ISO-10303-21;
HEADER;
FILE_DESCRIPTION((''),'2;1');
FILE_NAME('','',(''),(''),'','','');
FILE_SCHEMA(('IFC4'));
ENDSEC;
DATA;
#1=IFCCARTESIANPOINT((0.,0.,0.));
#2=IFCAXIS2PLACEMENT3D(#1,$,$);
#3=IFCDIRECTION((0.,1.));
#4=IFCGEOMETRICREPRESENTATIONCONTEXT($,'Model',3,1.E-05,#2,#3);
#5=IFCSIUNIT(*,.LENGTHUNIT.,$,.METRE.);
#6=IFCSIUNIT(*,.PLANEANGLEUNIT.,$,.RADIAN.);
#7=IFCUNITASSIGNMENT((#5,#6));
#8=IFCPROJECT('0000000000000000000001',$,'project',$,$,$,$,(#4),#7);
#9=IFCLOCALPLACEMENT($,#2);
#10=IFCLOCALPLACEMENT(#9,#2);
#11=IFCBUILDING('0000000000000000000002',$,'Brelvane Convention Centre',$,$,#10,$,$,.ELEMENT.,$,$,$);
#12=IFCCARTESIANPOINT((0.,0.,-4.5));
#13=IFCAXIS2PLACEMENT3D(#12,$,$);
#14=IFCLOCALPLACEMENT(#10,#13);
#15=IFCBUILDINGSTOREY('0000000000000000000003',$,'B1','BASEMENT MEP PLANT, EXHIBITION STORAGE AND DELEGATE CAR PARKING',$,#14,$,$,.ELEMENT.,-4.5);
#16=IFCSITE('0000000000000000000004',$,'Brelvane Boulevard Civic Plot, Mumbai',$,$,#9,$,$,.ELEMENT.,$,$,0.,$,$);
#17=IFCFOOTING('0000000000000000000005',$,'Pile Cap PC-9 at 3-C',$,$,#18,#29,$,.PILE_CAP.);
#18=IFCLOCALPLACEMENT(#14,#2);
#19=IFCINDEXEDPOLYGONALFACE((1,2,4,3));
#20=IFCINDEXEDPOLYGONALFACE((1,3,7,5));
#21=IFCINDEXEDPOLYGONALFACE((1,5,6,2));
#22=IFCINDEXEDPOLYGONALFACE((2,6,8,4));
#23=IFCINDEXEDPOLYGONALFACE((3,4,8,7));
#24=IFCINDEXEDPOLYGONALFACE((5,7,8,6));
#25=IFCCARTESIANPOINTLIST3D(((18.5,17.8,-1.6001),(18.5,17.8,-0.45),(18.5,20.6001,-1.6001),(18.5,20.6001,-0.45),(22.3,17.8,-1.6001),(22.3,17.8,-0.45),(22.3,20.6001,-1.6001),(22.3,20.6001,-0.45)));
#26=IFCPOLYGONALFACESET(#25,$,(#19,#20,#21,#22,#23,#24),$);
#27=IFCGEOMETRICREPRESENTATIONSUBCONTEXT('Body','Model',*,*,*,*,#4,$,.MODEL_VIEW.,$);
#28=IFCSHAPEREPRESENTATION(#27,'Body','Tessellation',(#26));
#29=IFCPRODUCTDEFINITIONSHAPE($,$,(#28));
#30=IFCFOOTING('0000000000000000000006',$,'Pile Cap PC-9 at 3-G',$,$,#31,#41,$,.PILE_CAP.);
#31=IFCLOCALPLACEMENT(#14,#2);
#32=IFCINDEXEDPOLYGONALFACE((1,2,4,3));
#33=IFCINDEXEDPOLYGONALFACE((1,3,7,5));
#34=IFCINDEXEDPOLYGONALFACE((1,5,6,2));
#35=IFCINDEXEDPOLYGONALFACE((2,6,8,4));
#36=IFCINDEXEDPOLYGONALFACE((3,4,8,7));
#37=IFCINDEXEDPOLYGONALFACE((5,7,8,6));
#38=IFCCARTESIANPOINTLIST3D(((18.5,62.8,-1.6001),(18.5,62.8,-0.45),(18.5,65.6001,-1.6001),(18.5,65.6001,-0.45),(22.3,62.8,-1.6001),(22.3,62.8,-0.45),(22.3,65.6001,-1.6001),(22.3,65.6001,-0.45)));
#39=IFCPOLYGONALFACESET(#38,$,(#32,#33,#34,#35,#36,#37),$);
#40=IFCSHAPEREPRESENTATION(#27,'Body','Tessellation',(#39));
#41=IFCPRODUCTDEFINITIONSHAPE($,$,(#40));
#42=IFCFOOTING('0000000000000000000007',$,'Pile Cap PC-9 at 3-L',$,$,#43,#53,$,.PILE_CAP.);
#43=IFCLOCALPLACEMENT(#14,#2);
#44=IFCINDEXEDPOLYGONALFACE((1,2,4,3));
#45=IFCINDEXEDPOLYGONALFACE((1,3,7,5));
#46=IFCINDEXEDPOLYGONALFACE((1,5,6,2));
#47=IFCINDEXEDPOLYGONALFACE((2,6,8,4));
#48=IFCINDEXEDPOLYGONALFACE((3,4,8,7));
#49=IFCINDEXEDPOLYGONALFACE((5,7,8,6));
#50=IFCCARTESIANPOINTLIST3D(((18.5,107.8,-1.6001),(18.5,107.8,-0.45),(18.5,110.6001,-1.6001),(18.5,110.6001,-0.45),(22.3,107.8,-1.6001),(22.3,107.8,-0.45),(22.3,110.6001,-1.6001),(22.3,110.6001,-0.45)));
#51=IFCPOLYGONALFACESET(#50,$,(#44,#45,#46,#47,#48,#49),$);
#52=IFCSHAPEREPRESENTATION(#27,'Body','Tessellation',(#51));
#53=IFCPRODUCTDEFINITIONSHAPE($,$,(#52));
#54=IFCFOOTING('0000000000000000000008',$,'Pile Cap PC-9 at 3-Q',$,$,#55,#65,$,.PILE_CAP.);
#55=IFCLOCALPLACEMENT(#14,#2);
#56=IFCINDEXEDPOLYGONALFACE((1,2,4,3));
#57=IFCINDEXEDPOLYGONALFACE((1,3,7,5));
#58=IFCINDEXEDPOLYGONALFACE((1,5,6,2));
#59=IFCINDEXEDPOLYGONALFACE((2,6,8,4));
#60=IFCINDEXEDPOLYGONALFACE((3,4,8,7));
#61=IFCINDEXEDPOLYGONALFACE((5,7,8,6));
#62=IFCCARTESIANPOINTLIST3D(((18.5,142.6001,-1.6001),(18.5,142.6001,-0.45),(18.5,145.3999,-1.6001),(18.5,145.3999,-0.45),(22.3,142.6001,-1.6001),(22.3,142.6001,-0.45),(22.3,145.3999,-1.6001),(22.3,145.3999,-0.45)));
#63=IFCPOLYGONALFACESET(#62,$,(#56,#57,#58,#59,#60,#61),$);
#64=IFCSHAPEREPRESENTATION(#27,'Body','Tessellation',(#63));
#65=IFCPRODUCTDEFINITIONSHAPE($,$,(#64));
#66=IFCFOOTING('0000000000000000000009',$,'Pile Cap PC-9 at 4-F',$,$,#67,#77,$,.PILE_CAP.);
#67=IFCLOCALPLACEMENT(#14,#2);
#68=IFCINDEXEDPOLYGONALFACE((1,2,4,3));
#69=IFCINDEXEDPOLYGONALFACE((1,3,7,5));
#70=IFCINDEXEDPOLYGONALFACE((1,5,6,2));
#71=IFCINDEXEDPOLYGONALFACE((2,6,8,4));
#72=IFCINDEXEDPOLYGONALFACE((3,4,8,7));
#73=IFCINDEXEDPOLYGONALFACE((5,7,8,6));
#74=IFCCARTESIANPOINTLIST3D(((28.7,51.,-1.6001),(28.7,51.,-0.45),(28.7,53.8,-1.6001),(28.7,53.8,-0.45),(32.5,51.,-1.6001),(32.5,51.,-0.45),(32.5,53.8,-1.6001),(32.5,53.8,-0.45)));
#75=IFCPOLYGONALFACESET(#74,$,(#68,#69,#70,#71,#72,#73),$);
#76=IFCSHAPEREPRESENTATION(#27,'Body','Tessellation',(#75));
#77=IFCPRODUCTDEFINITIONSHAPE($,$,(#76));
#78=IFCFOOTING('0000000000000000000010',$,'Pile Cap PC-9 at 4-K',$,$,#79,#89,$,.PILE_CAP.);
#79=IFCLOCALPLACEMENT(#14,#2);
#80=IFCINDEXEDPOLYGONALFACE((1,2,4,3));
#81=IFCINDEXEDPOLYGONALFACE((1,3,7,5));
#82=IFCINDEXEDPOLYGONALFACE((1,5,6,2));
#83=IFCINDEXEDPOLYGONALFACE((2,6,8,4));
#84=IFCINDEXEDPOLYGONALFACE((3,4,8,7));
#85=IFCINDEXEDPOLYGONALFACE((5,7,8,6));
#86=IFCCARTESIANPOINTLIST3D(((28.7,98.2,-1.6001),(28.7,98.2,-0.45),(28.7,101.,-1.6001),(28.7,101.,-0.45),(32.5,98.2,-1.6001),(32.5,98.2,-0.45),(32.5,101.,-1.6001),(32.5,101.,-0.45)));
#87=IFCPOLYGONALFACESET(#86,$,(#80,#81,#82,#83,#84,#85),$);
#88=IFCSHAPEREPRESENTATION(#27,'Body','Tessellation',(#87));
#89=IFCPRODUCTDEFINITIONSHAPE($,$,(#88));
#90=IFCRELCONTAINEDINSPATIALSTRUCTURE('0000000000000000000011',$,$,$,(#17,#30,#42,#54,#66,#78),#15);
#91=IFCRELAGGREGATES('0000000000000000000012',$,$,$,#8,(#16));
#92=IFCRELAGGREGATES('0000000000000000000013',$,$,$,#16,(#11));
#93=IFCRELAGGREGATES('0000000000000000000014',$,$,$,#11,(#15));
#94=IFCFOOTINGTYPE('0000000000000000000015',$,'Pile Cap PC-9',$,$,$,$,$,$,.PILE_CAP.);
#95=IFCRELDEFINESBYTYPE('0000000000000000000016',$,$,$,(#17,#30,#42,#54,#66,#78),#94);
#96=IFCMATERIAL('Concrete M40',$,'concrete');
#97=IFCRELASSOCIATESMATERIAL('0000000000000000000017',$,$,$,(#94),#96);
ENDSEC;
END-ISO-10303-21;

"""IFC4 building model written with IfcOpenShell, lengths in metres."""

from ifc_helpers import new_model, si_unit, direction, frame, origin, place, context, subcontext, project, spatial, polyline, outline, extrude, material, type_object, element, save


model = new_model("IFC4")

# Units and contexts
model_context = context("Model", 3, precision=1e-05, world=origin(), true_north=direction((0.0, 1.0)))
body_context = subcontext(model_context, "Body", "Model", "MODEL_VIEW")
ifc_project = project(units=[si_unit("LENGTHUNIT", "METRE"), si_unit("PLANEANGLEUNIT", "RADIAN")], contexts=[model_context])

# Site, building, storey
site_placement = place(None, origin())
site = spatial("IfcSite", under=ifc_project, at=site_placement, Name="Brelvane Boulevard Civic Plot, Mumbai", CompositionType="ELEMENT", RefElevation=0.0)
building_placement = place(site_placement, origin())
building = spatial("IfcBuilding", under=site, at=building_placement, Name="Brelvane Convention Centre", CompositionType="ELEMENT")
storey_placement = place(building_placement, frame((0.0, 0.0, -4.5)))
storey = spatial("IfcBuildingStorey", under=building, at=storey_placement, Name="B1", Description="BASEMENT MEP PLANT, EXHIBITION STORAGE AND DELEGATE CAR PARKING", CompositionType="ELEMENT", Elevation=-4.5)

# Footings
ifc_material_1 = material(Name="Concrete M40", Category="concrete")
footing_type_1 = type_object("IfcFootingType", Name="Pile Cap PC-9", PredefinedType="PILE_CAP", material=ifc_material_1)
footing_1_placement = place(storey_placement, frame((0.0, 0.0, -1.6001)))
element("IfcFooting", 1, at=footing_1_placement, inside=storey, type_object=footing_type_1, Name="Pile Cap PC-9 at 3-C", PredefinedType="PILE_CAP", context=body_context, shape_type="SweptSolid", body=[
    extrude(outline(polyline([(18.5, 17.8), (22.3, 17.8), (22.3, 20.6001), (18.5, 20.6001), (18.5, 17.8)])), origin(), (0.0, 0.0, 1.0), 1.1501),
])
footing_2_placement = place(storey_placement, frame((0.0, 0.0, -1.6001)))
element("IfcFooting", 2, at=footing_2_placement, inside=storey, type_object=footing_type_1, Name="Pile Cap PC-9 at 3-G", PredefinedType="PILE_CAP", context=body_context, shape_type="SweptSolid", body=[
    extrude(outline(polyline([(18.5, 62.8), (22.3, 62.8), (22.3, 65.6001), (18.5, 65.6001), (18.5, 62.8)])), origin(), (0.0, 0.0, 1.0), 1.1501),
])
footing_3_placement = place(storey_placement, frame((0.0, 0.0, -1.6001)))
element("IfcFooting", 3, at=footing_3_placement, inside=storey, type_object=footing_type_1, Name="Pile Cap PC-9 at 3-L", PredefinedType="PILE_CAP", context=body_context, shape_type="SweptSolid", body=[
    extrude(outline(polyline([(18.5, 107.8), (22.3, 107.8), (22.3, 110.6001), (18.5, 110.6001), (18.5, 107.8)])), origin(), (0.0, 0.0, 1.0), 1.1501),
])
footing_4_placement = place(storey_placement, frame((0.0, 0.0, -1.6001)))
element("IfcFooting", 4, at=footing_4_placement, inside=storey, type_object=footing_type_1, Name="Pile Cap PC-9 at 3-Q", PredefinedType="PILE_CAP", context=body_context, shape_type="SweptSolid", body=[
    extrude(outline(polyline([(18.5, 142.6001), (22.3, 142.6001), (22.3, 145.3999), (18.5, 145.3999), (18.5, 142.6001)])), origin(), (0.0, 0.0, 1.0), 1.1501),
])
footing_5_placement = place(storey_placement, frame((0.0, 0.0, -1.6001)))
element("IfcFooting", 5, at=footing_5_placement, inside=storey, type_object=footing_type_1, Name="Pile Cap PC-9 at 4-F", PredefinedType="PILE_CAP", context=body_context, shape_type="SweptSolid", body=[
    extrude(outline(polyline([(28.7, 51.0), (32.5, 51.0), (32.5, 53.8), (28.7, 53.8), (28.7, 51.0)])), origin(), (0.0, 0.0, 1.0), 1.1501),
])
footing_6_placement = place(storey_placement, frame((0.0, 0.0, -1.6001)))
element("IfcFooting", 6, at=footing_6_placement, inside=storey, type_object=footing_type_1, Name="Pile Cap PC-9 at 4-K", PredefinedType="PILE_CAP", context=body_context, shape_type="SweptSolid", body=[
    extrude(outline(polyline([(28.7, 98.2), (32.5, 98.2), (32.5, 101.0), (28.7, 101.0), (28.7, 98.2)])), origin(), (0.0, 0.0, 1.0), 1.1501),
])

save(model, "model.ifc")
